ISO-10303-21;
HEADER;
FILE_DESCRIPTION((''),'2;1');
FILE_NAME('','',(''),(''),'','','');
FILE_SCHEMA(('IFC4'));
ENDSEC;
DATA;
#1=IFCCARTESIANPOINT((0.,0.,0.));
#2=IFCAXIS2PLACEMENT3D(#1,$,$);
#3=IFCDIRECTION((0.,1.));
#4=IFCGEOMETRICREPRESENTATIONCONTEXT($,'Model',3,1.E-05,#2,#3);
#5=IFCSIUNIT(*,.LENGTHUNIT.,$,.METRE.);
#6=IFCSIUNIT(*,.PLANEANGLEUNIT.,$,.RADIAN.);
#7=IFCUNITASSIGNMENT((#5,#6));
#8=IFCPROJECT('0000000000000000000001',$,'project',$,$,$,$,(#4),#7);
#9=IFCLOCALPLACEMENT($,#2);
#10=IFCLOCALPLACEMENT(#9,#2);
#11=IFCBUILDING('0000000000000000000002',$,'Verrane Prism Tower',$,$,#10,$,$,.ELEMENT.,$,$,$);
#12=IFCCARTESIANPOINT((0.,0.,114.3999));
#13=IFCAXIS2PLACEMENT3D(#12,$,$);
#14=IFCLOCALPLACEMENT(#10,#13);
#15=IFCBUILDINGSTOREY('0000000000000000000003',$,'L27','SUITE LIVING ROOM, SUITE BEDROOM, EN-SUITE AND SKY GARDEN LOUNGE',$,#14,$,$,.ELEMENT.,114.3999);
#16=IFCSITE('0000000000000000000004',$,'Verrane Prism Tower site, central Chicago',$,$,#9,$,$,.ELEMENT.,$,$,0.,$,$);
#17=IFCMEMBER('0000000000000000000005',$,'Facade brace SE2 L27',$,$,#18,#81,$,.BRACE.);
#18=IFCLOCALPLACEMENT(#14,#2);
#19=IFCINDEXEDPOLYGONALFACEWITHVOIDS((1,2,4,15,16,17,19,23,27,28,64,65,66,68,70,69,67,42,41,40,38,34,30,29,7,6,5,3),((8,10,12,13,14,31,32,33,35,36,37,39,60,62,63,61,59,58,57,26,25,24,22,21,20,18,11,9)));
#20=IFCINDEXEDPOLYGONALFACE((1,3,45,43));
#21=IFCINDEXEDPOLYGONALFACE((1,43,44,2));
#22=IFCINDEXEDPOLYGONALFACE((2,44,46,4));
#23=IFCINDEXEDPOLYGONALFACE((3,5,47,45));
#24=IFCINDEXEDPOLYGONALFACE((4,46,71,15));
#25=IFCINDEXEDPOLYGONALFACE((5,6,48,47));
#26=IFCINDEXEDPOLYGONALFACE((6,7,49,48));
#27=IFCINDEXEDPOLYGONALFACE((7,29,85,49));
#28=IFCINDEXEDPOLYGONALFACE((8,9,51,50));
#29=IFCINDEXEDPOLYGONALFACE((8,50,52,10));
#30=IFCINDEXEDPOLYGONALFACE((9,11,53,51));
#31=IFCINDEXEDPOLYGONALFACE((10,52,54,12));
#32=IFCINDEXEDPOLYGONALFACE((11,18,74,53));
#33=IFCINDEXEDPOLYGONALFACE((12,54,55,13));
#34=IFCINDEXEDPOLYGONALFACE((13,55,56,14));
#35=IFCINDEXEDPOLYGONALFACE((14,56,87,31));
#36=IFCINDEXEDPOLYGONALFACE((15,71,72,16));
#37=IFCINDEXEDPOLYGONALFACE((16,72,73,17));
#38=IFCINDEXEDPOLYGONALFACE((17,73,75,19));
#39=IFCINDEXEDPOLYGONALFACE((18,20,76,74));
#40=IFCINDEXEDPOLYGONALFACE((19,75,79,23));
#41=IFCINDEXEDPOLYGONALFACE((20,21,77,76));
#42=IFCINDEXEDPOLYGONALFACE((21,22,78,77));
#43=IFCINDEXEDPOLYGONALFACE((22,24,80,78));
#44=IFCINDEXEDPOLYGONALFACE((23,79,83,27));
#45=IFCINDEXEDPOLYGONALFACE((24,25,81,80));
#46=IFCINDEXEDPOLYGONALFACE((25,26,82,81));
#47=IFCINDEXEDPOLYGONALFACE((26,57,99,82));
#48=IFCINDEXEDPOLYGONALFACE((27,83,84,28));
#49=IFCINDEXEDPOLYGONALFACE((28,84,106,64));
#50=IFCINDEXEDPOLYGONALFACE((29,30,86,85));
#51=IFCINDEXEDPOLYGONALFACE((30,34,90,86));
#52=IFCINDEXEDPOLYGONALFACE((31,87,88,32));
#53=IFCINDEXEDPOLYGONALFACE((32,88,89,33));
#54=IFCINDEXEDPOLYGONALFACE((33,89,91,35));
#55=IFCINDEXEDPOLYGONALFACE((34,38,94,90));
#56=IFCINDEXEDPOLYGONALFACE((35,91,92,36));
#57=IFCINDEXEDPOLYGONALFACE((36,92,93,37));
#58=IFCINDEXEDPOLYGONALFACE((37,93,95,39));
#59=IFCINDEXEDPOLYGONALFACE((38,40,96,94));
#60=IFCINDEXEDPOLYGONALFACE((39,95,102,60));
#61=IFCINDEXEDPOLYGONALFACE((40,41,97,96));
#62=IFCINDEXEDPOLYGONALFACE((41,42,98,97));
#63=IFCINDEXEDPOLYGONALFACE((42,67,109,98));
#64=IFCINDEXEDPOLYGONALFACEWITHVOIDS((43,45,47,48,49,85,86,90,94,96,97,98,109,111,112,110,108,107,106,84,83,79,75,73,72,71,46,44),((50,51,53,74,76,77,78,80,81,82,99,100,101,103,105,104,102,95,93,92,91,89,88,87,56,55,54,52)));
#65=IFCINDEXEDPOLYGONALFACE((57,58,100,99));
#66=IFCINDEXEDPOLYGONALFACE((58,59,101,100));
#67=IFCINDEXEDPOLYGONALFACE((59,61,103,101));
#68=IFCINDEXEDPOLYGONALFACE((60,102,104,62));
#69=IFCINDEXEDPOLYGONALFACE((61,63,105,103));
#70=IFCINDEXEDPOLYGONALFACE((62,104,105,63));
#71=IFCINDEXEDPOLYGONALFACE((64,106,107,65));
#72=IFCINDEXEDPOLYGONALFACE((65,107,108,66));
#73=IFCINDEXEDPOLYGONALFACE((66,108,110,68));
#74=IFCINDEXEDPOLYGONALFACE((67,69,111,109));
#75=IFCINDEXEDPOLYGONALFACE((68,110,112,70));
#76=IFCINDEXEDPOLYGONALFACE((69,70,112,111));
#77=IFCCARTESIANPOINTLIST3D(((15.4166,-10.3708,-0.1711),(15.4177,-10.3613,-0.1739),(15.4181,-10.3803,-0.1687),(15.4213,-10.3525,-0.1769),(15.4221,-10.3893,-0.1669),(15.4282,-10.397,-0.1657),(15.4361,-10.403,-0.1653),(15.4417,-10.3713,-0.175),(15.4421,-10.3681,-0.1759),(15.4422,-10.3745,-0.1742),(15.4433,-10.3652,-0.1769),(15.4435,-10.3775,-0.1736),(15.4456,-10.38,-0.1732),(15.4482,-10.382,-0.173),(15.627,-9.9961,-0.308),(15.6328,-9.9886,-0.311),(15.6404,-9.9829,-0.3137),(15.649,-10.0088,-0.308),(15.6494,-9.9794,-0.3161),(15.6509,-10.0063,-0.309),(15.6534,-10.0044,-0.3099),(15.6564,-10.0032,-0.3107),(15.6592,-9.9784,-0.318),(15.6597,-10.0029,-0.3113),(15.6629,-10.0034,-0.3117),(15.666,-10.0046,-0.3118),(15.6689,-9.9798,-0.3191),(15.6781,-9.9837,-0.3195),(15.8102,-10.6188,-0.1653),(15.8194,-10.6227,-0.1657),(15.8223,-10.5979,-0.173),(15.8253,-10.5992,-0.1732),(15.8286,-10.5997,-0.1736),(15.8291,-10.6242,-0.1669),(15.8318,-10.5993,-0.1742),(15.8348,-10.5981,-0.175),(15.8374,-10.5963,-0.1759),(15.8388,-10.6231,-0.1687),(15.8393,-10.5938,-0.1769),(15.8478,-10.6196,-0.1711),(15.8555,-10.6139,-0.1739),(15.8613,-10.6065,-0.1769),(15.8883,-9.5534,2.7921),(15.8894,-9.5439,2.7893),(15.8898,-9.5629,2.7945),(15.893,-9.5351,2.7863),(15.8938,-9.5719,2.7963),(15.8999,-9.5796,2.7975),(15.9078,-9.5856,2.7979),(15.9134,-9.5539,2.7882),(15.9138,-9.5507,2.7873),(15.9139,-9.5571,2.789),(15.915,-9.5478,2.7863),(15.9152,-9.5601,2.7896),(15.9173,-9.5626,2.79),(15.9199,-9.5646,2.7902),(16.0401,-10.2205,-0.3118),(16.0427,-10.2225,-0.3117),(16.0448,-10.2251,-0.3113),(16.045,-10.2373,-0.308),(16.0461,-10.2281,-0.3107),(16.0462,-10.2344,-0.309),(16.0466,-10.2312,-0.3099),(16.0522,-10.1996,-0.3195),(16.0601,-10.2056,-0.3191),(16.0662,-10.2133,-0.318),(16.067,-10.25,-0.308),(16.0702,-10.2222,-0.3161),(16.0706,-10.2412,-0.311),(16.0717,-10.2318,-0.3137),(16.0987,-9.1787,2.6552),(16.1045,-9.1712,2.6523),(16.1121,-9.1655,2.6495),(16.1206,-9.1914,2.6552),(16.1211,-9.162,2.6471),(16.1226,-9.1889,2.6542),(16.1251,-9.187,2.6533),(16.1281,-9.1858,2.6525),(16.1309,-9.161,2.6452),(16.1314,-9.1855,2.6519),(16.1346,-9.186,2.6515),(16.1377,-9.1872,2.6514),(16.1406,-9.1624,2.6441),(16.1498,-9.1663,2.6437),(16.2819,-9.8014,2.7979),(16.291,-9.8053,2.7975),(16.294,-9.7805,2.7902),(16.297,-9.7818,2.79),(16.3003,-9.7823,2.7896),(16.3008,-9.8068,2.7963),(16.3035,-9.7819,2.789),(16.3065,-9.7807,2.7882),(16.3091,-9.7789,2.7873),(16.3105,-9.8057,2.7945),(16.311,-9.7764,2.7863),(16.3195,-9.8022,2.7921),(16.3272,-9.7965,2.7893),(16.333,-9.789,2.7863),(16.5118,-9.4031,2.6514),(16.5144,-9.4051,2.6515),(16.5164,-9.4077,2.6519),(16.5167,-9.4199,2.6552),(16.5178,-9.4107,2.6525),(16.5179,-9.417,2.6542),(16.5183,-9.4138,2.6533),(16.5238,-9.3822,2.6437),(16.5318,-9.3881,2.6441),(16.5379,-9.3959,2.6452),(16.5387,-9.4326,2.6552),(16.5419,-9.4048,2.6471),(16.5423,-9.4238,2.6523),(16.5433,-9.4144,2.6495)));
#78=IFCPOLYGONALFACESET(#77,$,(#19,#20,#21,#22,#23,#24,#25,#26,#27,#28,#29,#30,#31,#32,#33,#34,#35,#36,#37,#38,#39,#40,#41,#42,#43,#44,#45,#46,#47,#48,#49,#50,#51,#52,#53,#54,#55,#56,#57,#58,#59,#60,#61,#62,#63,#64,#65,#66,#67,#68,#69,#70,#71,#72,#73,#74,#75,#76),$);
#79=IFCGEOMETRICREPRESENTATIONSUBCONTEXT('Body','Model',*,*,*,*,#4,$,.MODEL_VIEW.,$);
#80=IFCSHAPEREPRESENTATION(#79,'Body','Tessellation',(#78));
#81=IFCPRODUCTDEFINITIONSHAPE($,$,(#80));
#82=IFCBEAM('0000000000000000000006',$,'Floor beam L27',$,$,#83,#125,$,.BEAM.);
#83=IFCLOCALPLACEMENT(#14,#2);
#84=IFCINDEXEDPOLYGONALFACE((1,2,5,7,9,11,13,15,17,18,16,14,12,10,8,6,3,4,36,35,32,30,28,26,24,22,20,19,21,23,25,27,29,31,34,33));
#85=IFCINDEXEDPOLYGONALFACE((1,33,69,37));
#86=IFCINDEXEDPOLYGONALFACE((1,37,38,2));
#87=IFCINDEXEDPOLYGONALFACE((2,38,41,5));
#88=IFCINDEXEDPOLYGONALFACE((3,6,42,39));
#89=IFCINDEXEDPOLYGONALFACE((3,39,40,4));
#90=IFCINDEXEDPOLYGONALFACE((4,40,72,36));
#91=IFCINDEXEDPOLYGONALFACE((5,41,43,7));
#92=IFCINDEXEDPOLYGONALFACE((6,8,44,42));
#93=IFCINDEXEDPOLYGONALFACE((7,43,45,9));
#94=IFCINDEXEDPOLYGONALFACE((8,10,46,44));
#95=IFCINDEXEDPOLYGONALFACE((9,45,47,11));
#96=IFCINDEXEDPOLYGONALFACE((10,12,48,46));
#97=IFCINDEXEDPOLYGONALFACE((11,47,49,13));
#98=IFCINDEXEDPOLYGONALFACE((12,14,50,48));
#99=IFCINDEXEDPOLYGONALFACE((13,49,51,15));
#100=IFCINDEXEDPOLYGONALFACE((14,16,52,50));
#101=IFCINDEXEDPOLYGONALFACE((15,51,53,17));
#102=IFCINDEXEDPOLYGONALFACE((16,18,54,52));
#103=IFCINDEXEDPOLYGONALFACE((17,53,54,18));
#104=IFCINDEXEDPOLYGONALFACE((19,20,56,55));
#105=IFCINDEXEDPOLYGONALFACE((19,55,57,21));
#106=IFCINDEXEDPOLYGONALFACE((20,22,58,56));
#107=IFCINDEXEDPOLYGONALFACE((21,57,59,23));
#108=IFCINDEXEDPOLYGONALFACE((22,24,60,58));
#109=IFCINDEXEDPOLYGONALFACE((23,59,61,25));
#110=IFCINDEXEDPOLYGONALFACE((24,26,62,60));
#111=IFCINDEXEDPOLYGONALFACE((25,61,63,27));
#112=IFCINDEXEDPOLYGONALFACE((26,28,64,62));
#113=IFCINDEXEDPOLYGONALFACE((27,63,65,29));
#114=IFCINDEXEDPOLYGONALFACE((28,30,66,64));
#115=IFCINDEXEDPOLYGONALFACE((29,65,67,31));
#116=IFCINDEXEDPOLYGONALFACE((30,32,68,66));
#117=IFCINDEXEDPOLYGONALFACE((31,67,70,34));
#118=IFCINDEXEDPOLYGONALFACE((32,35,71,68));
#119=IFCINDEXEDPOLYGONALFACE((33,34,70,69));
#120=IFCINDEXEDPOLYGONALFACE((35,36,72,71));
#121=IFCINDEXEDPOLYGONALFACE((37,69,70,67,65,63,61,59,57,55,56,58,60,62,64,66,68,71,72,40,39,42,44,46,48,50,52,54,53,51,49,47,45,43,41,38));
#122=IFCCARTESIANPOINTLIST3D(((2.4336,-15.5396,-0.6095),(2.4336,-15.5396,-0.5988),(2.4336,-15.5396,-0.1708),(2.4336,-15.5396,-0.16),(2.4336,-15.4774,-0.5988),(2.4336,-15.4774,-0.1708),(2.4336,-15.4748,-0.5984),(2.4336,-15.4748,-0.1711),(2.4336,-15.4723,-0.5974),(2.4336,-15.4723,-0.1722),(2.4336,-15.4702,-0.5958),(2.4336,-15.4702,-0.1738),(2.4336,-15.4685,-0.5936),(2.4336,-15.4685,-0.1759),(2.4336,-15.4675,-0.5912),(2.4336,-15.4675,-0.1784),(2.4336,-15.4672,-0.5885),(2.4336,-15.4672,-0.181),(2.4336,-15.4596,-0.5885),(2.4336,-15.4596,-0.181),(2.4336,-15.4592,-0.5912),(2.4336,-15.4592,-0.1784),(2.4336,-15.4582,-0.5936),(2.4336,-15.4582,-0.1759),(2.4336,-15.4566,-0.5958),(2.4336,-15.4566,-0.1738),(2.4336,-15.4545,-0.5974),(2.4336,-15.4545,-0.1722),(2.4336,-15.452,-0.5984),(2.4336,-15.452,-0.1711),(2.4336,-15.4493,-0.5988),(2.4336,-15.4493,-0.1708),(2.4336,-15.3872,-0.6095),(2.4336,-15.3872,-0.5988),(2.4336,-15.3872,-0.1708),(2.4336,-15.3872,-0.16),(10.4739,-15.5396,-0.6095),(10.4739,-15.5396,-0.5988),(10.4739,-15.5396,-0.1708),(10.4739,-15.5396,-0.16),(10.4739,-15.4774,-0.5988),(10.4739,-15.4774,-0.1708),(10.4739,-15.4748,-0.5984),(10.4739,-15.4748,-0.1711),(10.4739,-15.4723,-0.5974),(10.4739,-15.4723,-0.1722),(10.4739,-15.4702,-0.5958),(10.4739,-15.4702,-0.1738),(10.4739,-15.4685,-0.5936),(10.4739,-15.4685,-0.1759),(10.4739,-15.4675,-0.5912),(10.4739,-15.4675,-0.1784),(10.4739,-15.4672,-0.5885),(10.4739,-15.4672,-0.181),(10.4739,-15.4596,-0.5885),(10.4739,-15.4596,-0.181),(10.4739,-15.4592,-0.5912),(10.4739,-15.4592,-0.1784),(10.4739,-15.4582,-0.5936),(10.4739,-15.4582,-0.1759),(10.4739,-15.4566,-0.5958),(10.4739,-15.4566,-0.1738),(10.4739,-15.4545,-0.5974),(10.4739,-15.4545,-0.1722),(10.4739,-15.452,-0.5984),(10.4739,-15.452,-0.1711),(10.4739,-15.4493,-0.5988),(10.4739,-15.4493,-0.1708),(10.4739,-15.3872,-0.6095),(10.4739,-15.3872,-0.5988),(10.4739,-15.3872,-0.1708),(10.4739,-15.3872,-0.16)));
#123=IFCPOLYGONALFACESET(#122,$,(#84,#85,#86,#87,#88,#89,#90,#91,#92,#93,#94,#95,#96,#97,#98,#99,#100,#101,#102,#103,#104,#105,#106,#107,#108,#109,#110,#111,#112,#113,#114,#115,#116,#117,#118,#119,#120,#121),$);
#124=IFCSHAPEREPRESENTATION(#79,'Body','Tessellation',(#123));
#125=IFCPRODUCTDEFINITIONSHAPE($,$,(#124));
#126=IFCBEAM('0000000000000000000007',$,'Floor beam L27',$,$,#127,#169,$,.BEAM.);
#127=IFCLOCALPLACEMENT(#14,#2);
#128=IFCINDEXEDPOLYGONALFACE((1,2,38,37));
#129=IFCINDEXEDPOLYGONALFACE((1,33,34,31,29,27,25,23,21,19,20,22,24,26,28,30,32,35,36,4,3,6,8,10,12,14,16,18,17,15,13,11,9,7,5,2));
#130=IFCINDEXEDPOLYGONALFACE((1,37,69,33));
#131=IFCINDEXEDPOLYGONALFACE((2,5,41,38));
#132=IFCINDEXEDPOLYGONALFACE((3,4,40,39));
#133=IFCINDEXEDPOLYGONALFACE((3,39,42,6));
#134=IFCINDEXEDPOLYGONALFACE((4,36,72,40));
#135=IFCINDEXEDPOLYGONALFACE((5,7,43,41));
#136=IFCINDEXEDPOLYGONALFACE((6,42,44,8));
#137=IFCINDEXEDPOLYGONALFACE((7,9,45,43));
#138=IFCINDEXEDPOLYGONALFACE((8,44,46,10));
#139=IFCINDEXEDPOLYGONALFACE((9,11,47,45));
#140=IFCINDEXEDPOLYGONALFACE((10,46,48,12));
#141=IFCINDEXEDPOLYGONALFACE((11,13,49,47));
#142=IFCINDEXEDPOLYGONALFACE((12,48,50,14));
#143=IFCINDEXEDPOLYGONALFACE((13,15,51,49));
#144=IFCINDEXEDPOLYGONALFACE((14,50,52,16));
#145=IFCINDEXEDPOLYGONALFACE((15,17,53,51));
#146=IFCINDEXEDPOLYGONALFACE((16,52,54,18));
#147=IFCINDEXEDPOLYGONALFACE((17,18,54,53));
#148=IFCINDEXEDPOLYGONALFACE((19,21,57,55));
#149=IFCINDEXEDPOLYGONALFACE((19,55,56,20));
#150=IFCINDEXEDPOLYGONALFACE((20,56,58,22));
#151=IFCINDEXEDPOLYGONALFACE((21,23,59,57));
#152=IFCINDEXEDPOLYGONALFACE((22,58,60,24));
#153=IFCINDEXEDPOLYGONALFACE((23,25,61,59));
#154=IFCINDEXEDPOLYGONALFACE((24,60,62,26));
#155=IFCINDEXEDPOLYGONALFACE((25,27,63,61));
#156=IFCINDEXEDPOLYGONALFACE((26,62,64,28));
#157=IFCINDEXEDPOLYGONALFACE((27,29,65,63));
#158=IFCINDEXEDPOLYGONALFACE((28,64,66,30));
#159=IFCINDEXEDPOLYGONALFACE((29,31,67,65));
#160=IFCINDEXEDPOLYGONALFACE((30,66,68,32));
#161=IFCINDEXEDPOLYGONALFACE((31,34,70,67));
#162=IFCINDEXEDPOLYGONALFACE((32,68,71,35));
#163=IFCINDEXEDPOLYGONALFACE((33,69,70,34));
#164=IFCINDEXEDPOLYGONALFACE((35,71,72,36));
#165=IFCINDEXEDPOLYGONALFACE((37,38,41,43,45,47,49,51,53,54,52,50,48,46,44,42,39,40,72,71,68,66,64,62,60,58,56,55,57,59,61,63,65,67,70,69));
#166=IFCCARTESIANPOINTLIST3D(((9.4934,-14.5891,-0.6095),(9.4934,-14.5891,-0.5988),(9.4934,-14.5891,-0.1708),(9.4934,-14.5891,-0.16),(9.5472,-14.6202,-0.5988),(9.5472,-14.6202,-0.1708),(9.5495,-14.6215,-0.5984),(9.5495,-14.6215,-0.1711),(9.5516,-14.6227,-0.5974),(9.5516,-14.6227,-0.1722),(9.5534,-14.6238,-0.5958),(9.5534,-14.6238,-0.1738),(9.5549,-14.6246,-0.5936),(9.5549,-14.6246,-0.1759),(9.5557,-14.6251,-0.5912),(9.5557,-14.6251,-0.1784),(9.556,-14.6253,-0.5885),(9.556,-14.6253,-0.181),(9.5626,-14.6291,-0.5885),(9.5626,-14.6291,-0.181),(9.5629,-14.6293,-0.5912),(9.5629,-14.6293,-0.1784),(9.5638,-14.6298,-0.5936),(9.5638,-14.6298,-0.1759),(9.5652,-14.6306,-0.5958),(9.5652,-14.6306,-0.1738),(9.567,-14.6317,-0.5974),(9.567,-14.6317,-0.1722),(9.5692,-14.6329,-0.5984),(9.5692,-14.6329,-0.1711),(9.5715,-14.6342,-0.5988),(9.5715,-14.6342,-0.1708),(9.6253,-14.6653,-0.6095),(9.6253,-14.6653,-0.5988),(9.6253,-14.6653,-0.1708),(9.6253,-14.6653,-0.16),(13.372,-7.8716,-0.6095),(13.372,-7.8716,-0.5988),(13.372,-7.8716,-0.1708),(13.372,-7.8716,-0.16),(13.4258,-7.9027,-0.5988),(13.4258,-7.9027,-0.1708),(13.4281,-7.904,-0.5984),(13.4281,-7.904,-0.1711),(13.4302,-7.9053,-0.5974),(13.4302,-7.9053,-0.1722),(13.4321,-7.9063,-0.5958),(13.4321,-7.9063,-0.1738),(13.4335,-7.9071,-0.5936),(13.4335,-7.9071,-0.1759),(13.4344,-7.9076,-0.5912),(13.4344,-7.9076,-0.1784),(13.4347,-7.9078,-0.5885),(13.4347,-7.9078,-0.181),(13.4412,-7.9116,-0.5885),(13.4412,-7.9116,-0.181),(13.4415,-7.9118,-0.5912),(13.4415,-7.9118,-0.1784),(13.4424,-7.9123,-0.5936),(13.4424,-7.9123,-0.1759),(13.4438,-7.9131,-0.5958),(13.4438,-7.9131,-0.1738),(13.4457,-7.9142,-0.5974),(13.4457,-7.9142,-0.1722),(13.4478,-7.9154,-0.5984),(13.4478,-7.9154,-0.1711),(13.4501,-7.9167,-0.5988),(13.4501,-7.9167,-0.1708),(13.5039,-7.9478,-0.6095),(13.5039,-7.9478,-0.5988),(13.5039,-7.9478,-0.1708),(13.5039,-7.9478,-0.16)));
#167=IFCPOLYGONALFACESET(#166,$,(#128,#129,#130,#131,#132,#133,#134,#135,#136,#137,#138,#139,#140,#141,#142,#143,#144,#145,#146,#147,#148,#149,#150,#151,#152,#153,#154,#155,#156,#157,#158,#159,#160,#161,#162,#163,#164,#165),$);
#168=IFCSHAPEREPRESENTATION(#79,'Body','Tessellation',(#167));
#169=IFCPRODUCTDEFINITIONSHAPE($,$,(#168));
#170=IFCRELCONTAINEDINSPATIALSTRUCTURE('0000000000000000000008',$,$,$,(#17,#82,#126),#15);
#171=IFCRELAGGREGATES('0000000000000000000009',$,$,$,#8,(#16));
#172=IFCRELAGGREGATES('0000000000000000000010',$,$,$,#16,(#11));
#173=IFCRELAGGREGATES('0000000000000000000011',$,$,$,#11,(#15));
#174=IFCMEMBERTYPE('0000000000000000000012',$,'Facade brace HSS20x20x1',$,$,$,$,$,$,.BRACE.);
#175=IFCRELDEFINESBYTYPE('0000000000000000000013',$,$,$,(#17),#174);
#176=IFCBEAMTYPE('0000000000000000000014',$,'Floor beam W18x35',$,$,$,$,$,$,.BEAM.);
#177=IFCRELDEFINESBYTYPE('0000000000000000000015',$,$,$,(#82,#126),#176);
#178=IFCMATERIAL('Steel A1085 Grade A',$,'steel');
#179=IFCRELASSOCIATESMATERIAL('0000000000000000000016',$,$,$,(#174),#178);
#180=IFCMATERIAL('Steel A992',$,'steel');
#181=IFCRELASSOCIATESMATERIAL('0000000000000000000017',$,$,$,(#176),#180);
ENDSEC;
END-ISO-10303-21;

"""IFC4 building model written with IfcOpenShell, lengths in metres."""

from ifc_helpers import new_model, si_unit, direction, frame, origin, origin_2d, place, context, subcontext, project, spatial, hollow_rectangle, i_section, extrude, material, material_profile, profile_set, type_object, element, save


model = new_model("IFC4")

# Units and contexts
model_context = context("Model", 3, precision=1e-05, world=origin(), true_north=direction((0.0, 1.0)))
body_context = subcontext(model_context, "Body", "Model", "MODEL_VIEW")
ifc_project = project(units=[si_unit("LENGTHUNIT", "METRE"), si_unit("PLANEANGLEUNIT", "RADIAN")], contexts=[model_context])

# Site, building, storey
site_placement = place(None, origin())
site = spatial("IfcSite", under=ifc_project, at=site_placement, Name="Verrane Prism Tower site, central Chicago", CompositionType="ELEMENT", RefElevation=0.0)
building_placement = place(site_placement, origin())
building = spatial("IfcBuilding", under=site, at=building_placement, Name="Verrane Prism Tower", CompositionType="ELEMENT")
storey_placement = place(building_placement, frame((0.0, 0.0, 114.3999)))
storey = spatial("IfcBuildingStorey", under=building, at=storey_placement, Name="L27", Description="SUITE LIVING ROOM, SUITE BEDROOM, EN-SUITE AND SKY GARDEN LOUNGE", CompositionType="ELEMENT", Elevation=114.3999)

# Member
ifc_material_1 = material(Name="Steel A1085 Grade A", Category="steel")
ifc_material_profile_1 = material_profile(ifc_material_1, hollow_rectangle(XDim=0.5081, YDim=0.5081, WallThickness=0.0254, InnerFilletRadius=0.0127, OuterFilletRadius=0.0381, at=origin_2d()), Name="HSS20x20x1")
ifc_profile_set_1 = profile_set([ifc_material_profile_1], Name="Steel A1085 Grade A")
member_type_1 = type_object("IfcMemberType", Name="Facade brace HSS20x20x1", PredefinedType="BRACE", material=ifc_profile_set_1)
member_1_placement = place(storey_placement, frame((15.7441, -10.3013, -0.2424), z_axis=(0.151676, 0.262842, 0.952842), x_axis=(-0.866134, 0.499812, 0.0)))
element("IfcMember", 1, at=member_1_placement, inside=storey, type_object=member_type_1, Name="Facade brace SE2 L27", PredefinedType="BRACE", context=body_context, shape_type="SweptSolid", body=[
    extrude(hollow_rectangle(XDim=0.5081, YDim=0.5081, WallThickness=0.0254, InnerFilletRadius=0.0127, OuterFilletRadius=0.0381, at=origin_2d()), origin(), (0.0, 0.0, 1.0), 3.1099),
])

# Beams
ifc_material_2 = material(Name="Steel A992", Category="steel")
ifc_material_profile_2 = material_profile(ifc_material_2, i_section(OverallWidth=0.1523, OverallDepth=0.4495, WebThickness=0.0076, FlangeThickness=0.0107, FilletRadius=0.0103, at=origin_2d()), Name="W18x35")
ifc_profile_set_2 = profile_set([ifc_material_profile_2], Name="Steel A992")
beam_type_1 = type_object("IfcBeamType", Name="Floor beam W18x35", PredefinedType="BEAM", material=ifc_profile_set_2)
beam_1_placement = place(storey_placement, frame((2.4336, -15.4634, -0.3848), z_axis=(1.0, 0.0, 0.0), x_axis=(0.0, 1.0, 0.0)))
element("IfcBeam", 2, at=beam_1_placement, inside=storey, type_object=beam_type_1, Name="Floor beam L27", PredefinedType="BEAM", context=body_context, shape_type="SweptSolid", body=[
    extrude(i_section(OverallWidth=0.1523, OverallDepth=0.4495, WebThickness=0.0076, FlangeThickness=0.0107, FilletRadius=0.0103, at=origin_2d()), origin(), (0.0, 0.0, 1.0), 8.0403),
])
for number, where, z_axis, x_axis, name in (
    (3, (9.5593, -14.6272, -0.3848), (0.500028, 0.866009, 0.0), (-0.866009, 0.500028, 0.0), "Floor beam L27"),
):
    element("IfcBeam", number, at=place(storey_placement, frame(where, z_axis=z_axis, x_axis=x_axis)), inside=storey, type_object=beam_type_1, Name=name, PredefinedType="BEAM", context=body_context, shape_type="SweptSolid", body=[
        extrude(i_section(OverallWidth=0.1523, OverallDepth=0.4495, WebThickness=0.0076, FlangeThickness=0.0107, FilletRadius=0.0103, at=origin_2d()), origin(), (0.0, 0.0, 1.0), 7.7568),
    ])

save(model, "model.ifc")
